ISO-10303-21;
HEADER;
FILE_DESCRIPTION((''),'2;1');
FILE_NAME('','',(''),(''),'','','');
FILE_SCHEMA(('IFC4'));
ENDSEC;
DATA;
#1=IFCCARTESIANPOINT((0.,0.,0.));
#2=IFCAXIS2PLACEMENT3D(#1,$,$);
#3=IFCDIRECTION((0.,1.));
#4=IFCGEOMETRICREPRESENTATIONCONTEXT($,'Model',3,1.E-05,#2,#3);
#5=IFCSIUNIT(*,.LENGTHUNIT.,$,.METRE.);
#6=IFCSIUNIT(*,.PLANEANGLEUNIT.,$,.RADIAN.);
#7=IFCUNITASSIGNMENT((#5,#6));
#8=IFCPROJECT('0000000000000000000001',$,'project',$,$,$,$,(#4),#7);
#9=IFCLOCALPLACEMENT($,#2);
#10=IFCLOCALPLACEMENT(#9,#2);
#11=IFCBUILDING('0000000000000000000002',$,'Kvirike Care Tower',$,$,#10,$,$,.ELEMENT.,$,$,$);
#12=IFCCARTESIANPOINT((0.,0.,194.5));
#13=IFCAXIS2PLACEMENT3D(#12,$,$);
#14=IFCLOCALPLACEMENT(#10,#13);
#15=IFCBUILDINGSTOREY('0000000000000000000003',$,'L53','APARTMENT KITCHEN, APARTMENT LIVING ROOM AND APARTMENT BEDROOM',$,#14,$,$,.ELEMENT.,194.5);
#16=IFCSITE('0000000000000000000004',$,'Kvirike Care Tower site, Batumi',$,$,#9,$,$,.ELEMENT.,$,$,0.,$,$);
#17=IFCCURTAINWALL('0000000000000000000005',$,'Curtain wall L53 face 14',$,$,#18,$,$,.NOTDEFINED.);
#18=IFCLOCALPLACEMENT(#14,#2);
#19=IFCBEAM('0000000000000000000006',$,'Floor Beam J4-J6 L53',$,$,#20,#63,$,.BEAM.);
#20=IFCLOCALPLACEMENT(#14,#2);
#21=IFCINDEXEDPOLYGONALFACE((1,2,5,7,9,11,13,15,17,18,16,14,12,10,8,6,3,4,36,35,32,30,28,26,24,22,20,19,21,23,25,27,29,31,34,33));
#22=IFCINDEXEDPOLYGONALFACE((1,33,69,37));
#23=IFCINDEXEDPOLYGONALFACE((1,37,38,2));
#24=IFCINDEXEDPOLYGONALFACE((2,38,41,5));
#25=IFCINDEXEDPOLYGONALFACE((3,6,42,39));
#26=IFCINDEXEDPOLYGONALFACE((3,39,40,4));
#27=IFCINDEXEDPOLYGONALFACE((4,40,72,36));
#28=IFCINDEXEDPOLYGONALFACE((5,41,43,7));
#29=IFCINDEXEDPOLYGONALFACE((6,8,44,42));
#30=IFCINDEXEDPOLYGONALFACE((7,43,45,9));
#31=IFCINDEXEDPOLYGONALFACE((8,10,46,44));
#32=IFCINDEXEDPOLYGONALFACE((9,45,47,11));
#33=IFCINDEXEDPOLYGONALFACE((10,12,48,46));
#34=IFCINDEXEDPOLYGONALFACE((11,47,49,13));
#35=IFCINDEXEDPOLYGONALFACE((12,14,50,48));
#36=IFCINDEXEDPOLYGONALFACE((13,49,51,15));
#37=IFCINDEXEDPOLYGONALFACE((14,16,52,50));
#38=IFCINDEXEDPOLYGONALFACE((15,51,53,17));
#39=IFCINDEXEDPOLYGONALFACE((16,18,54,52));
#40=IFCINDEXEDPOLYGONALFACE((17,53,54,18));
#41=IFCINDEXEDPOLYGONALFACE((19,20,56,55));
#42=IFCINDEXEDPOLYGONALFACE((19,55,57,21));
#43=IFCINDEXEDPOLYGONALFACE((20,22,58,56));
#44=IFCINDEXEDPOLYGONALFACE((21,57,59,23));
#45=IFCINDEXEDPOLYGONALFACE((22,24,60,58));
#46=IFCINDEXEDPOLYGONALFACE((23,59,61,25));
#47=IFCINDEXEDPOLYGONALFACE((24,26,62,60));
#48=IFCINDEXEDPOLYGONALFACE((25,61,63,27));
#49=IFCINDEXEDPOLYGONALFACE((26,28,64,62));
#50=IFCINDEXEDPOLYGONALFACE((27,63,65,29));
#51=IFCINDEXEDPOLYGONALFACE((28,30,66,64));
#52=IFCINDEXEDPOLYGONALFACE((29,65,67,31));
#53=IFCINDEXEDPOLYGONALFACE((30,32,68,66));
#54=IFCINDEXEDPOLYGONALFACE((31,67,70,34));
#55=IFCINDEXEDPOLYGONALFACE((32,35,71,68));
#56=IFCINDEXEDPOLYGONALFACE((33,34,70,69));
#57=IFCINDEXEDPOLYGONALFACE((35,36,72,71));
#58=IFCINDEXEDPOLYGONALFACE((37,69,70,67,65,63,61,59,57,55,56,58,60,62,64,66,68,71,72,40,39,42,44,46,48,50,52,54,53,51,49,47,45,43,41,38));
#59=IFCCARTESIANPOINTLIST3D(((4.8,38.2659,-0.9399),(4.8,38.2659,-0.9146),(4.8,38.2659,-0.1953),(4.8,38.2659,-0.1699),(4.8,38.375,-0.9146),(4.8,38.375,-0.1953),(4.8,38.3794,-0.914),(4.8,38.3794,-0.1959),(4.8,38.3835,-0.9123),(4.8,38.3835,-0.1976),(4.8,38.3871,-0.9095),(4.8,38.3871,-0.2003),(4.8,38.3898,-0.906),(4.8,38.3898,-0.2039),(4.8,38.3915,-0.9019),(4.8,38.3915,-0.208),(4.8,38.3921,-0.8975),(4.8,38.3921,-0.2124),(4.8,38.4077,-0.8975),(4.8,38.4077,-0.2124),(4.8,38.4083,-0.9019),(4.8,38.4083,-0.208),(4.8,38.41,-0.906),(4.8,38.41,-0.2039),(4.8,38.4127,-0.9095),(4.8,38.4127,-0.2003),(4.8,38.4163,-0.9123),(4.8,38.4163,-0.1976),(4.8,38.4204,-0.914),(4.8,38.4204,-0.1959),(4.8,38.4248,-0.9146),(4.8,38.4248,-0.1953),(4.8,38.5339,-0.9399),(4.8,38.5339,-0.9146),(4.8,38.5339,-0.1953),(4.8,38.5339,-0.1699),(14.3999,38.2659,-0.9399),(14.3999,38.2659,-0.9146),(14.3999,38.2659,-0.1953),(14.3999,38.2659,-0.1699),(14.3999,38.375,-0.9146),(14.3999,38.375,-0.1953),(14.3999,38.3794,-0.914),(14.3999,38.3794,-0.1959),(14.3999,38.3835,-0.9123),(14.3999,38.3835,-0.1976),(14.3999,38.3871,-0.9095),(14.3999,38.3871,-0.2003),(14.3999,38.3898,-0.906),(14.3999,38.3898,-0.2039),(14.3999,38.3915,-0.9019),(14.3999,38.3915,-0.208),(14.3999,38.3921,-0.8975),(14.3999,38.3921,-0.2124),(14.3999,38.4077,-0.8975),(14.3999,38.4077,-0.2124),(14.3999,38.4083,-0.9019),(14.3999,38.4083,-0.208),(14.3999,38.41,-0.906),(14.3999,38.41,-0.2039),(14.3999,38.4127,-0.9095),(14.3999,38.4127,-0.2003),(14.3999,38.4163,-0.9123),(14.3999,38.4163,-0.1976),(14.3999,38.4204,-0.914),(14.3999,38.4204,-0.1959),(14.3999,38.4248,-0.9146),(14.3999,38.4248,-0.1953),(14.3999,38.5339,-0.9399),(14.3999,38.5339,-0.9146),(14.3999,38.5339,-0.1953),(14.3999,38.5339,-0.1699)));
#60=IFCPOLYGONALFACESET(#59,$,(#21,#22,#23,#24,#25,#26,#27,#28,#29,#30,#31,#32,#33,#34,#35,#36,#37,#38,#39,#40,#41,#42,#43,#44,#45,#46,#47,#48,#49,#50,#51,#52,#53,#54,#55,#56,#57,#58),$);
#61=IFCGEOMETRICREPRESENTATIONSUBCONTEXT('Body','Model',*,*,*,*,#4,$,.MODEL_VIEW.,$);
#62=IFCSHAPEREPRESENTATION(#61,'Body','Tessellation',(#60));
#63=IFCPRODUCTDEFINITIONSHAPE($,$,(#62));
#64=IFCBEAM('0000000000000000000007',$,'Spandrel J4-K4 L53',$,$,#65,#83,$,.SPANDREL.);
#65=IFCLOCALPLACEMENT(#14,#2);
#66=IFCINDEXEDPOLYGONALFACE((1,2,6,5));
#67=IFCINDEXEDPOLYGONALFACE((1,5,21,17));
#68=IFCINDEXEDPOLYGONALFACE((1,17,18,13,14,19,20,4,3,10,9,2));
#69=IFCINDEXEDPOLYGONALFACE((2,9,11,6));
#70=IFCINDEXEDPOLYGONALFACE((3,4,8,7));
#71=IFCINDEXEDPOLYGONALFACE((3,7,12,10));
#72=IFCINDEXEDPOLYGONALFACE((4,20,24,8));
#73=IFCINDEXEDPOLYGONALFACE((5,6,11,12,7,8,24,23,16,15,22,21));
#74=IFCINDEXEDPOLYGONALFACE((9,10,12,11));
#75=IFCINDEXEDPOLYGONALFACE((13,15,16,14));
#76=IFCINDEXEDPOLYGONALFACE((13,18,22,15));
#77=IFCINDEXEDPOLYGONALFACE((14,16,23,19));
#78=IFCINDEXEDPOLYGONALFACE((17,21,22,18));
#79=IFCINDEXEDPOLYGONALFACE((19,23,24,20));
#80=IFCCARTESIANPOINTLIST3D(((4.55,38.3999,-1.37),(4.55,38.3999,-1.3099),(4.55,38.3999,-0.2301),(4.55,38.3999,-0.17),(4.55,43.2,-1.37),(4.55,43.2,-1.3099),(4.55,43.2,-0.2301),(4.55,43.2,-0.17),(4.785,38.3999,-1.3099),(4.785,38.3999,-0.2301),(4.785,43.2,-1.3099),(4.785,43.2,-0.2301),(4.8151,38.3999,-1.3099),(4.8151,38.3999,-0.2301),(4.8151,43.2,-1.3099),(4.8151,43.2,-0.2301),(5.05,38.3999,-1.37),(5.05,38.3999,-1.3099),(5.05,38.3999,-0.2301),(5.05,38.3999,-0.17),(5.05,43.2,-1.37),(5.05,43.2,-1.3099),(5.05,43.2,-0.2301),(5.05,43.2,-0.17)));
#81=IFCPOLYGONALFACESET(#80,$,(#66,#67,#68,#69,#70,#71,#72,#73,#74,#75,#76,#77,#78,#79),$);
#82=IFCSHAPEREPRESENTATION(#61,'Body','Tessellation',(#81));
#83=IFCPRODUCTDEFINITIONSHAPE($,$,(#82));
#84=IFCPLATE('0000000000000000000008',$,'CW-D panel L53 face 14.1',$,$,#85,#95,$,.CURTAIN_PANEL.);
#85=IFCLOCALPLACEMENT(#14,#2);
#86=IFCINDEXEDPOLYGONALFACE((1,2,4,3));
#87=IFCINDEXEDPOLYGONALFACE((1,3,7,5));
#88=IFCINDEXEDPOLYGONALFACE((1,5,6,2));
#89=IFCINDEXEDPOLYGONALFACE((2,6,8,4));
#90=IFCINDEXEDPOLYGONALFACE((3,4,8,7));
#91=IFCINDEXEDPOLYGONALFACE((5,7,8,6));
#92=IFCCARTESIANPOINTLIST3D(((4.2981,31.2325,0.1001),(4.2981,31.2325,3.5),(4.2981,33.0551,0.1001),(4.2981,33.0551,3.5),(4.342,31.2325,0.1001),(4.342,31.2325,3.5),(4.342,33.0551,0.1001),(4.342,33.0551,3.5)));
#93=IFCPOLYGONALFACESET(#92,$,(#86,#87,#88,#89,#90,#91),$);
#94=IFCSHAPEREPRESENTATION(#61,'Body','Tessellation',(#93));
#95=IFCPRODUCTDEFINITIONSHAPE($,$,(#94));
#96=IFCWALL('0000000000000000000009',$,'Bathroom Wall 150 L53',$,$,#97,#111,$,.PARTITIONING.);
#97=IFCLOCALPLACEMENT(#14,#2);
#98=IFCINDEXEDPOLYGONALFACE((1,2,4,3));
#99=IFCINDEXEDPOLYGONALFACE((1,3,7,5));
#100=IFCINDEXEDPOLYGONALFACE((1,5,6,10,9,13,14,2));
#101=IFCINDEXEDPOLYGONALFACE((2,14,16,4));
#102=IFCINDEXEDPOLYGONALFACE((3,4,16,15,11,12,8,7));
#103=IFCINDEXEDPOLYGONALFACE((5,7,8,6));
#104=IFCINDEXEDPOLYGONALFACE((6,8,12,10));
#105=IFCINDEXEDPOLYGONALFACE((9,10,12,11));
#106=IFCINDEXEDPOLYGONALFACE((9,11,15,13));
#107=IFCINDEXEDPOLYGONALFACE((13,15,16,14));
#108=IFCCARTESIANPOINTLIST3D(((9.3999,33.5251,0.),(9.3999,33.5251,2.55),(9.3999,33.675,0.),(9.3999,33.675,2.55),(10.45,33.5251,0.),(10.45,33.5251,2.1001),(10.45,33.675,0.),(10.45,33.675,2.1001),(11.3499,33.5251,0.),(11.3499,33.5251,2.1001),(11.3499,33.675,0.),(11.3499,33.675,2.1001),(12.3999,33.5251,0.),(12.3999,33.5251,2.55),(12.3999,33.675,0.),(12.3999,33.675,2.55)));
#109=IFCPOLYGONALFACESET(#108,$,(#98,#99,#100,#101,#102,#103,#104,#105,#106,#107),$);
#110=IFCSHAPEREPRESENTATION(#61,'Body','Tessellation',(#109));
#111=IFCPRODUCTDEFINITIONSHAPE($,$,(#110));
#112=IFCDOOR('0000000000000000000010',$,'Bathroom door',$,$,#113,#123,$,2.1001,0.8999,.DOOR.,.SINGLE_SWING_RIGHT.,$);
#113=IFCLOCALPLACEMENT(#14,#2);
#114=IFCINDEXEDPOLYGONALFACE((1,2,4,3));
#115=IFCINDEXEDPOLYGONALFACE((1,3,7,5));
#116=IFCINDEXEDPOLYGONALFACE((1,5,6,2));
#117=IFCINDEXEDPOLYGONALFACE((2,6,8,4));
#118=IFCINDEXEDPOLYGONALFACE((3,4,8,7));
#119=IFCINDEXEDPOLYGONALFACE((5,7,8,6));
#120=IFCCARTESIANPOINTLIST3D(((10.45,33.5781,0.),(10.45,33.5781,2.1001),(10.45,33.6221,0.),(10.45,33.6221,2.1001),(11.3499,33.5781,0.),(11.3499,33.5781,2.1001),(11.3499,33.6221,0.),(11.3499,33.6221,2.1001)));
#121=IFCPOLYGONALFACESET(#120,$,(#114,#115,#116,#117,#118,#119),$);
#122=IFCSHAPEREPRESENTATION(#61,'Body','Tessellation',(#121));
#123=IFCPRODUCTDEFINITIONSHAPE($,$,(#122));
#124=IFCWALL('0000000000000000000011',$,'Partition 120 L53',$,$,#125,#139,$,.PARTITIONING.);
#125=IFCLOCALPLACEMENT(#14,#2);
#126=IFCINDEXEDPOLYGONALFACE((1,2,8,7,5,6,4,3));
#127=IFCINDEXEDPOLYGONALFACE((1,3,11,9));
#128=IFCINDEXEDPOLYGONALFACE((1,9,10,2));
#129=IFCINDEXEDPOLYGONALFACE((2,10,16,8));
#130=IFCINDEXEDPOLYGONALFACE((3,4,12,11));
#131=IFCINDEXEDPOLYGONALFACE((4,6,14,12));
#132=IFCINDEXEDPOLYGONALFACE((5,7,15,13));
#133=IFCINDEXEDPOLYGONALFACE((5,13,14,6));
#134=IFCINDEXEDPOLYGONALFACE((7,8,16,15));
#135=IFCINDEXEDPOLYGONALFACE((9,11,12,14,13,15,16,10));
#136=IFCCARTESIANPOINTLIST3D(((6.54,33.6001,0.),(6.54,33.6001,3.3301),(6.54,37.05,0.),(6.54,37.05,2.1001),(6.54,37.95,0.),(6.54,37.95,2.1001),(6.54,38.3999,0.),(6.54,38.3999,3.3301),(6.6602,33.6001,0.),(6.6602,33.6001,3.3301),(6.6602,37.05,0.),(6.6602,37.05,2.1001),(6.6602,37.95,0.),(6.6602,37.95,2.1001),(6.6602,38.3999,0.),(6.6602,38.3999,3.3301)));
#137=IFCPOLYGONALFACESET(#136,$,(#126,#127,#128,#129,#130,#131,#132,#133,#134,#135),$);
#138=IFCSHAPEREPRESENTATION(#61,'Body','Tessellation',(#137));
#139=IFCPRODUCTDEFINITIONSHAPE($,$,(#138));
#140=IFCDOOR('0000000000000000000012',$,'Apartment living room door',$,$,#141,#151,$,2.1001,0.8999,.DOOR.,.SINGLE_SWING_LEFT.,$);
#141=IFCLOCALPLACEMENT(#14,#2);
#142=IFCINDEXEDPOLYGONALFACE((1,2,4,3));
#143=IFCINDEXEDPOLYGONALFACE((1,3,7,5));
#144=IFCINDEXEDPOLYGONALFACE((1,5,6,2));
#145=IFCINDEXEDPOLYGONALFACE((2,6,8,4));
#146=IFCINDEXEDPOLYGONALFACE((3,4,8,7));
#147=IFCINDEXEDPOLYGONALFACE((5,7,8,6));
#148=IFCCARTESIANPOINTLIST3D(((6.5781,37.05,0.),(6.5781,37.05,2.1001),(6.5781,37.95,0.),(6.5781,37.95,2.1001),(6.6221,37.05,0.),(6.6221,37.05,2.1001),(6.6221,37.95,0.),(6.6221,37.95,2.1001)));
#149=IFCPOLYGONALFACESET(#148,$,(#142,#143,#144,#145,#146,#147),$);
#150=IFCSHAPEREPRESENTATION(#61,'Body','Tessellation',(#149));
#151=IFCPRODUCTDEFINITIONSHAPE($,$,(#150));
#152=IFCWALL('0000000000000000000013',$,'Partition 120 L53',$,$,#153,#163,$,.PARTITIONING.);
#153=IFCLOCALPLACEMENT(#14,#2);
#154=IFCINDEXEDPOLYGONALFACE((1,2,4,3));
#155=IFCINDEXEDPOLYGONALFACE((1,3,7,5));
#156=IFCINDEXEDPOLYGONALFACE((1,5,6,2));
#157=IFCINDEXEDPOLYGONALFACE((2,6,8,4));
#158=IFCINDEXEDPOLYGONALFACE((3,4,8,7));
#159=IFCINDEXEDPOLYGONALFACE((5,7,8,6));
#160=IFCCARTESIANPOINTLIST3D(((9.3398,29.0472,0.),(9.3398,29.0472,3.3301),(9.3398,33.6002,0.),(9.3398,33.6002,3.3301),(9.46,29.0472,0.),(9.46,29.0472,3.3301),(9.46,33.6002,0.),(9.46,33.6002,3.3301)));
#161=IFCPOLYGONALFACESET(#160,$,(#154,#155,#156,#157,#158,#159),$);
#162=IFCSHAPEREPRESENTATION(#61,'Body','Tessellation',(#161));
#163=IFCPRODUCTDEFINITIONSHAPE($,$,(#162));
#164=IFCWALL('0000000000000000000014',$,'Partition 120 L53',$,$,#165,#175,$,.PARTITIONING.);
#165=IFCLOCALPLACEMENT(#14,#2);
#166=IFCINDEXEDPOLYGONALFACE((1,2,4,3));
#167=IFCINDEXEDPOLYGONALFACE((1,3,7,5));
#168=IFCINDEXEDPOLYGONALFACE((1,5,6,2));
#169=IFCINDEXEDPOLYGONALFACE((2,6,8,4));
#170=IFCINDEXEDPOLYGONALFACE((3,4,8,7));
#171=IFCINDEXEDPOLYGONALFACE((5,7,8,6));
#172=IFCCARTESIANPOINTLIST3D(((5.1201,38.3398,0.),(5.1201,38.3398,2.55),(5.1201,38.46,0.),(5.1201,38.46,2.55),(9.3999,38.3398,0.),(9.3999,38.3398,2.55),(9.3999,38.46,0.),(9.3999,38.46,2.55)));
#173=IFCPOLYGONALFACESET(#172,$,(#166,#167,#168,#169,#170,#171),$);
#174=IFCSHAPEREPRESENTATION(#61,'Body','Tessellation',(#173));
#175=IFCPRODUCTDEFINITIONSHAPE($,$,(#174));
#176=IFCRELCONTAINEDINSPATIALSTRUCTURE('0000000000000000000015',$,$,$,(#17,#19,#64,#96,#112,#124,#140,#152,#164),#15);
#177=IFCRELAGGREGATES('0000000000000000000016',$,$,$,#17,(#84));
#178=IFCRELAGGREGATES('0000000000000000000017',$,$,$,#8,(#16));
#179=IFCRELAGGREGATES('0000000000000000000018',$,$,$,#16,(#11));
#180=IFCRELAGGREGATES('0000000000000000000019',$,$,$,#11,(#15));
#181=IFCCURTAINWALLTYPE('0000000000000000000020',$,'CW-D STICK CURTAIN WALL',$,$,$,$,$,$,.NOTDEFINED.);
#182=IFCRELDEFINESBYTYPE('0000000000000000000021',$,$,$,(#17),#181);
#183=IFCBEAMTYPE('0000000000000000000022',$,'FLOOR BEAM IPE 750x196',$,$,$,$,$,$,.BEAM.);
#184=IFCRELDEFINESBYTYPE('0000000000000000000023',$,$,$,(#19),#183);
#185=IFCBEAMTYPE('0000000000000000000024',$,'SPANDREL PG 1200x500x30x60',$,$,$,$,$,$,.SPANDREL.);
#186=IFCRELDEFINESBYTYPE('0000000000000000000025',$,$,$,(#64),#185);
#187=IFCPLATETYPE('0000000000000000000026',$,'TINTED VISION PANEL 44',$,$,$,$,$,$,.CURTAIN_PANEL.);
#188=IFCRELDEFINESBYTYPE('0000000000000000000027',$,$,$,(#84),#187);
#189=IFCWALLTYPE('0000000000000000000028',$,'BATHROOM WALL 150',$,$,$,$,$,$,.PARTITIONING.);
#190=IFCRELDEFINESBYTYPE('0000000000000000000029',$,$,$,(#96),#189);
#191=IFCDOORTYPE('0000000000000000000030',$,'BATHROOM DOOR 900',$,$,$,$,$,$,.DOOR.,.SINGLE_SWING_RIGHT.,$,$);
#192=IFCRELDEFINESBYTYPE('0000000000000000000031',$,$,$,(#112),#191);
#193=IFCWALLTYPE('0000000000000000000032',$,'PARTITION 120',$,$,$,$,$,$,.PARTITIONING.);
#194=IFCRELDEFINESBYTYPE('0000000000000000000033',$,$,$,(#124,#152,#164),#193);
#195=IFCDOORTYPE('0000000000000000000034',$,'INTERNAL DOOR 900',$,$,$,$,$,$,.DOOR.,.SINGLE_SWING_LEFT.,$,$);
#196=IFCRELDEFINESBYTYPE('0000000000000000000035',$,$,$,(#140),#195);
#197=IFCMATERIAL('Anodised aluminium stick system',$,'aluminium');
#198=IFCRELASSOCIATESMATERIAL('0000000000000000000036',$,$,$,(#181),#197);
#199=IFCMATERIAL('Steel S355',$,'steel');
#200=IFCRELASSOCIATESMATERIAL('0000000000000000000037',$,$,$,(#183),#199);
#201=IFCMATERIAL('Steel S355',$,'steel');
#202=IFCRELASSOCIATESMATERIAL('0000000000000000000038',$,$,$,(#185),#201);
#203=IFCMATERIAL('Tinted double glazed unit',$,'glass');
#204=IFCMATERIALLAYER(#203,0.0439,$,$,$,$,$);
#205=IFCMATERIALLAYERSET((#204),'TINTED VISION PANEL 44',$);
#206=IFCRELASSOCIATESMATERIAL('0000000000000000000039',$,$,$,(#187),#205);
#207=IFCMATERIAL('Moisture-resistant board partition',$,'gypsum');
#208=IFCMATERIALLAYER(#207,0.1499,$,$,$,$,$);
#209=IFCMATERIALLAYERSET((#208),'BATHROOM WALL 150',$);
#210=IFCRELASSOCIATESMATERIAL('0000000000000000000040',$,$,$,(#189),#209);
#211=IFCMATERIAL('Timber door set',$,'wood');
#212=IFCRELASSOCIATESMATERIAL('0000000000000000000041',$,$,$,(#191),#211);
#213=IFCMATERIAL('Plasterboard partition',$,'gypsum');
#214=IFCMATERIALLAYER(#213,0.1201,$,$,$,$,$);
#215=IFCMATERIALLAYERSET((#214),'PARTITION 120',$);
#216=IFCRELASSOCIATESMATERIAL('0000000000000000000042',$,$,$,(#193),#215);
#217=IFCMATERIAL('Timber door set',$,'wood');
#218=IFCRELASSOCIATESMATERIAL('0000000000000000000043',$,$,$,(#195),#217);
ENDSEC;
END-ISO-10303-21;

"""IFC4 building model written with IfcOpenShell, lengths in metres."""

from ifc_helpers import new_model, si_unit, direction, frame, frame_2d, origin, origin_2d, place, context, subcontext, project, spatial, rectangle, i_section, extrude, material, layer, layer_set, material_profile, profile_set, type_object, element, fill, aggregate, save


model = new_model("IFC4")

# Units and contexts
model_context = context("Model", 3, precision=1e-05, world=origin(), true_north=direction((0.0, 1.0)))
body_context = subcontext(model_context, "Body", "Model", "MODEL_VIEW")
ifc_project = project(units=[si_unit("LENGTHUNIT", "METRE"), si_unit("PLANEANGLEUNIT", "RADIAN")], contexts=[model_context])

# Site, building, storey
site_placement = place(None, origin())
site = spatial("IfcSite", under=ifc_project, at=site_placement, Name="Kvirike Care Tower site, Batumi", CompositionType="ELEMENT", RefElevation=0.0)
building_placement = place(site_placement, origin())
building = spatial("IfcBuilding", under=site, at=building_placement, Name="Kvirike Care Tower", CompositionType="ELEMENT")
storey_placement = place(building_placement, frame((0.0, 0.0, 194.5)))
storey = spatial("IfcBuildingStorey", under=building, at=storey_placement, Name="L53", Description="APARTMENT KITCHEN, APARTMENT LIVING ROOM AND APARTMENT BEDROOM", CompositionType="ELEMENT", Elevation=194.5)

# Curtain wall
ifc_material_1 = material(Name="Anodised aluminium stick system", Category="aluminium")
curtain_wall_type = type_object("IfcCurtainWallType", Name="CW-D STICK CURTAIN WALL", PredefinedType="NOTDEFINED", material=ifc_material_1)
curtain_wall_1_placement = place(storey_placement, origin())
curtain_wall_1 = element("IfcCurtainWall", 1, at=curtain_wall_1_placement, inside=storey, type_object=curtain_wall_type, Name="Curtain wall L53 face 14", PredefinedType="NOTDEFINED")

# Beams
ifc_material_2 = material(Name="Steel S355", Category="steel")
ifc_material_profile_1 = material_profile(ifc_material_2, i_section(OverallWidth=0.2681, OverallDepth=0.77, WebThickness=0.0156, FlangeThickness=0.0254, FilletRadius=0.0171, at=origin_2d()), Name="IPE 750x196")
ifc_profile_set_1 = profile_set([ifc_material_profile_1], Name="Steel S355")
beam_type_1 = type_object("IfcBeamType", Name="FLOOR BEAM IPE 750x196", PredefinedType="BEAM", material=ifc_profile_set_1)
for number, where, z_axis, x_axis, name in (
    (2, (4.8, 38.3999, -0.5549), (1.0, 0.0, 0.0), (0.0, 1.0, 0.0), "Floor Beam J4-J6 L53"),
):
    element("IfcBeam", number, at=place(storey_placement, frame(where, z_axis=z_axis, x_axis=x_axis)), inside=storey, type_object=beam_type_1, Name=name, PredefinedType="BEAM", context=body_context, shape_type="SweptSolid", body=[
        extrude(i_section(OverallWidth=0.2681, OverallDepth=0.77, WebThickness=0.0156, FlangeThickness=0.0254, FilletRadius=0.0171, at=origin_2d()), origin(), (0.0, 0.0, 1.0), 9.5999),
    ])
ifc_material_3 = material(Name="Steel S355", Category="steel")
ifc_material_profile_2 = material_profile(ifc_material_3, i_section(OverallWidth=0.5, OverallDepth=1.2, WebThickness=0.03, FlangeThickness=0.0601, at=origin_2d()), Name="PG 1200x500x30x60")
ifc_profile_set_2 = profile_set([ifc_material_profile_2], Name="Steel S355")
beam_type_2 = type_object("IfcBeamType", Name="SPANDREL PG 1200x500x30x60", PredefinedType="SPANDREL", material=ifc_profile_set_2)
beam_placement = place(storey_placement, frame((4.8, 38.3999, -0.77), z_axis=(0.0, 1.0, 0.0), x_axis=(-1.0, 0.0, 0.0)))
element("IfcBeam", 3, at=beam_placement, inside=storey, type_object=beam_type_2, Name="Spandrel J4-K4 L53", PredefinedType="SPANDREL", context=body_context, shape_type="SweptSolid", body=[
    extrude(i_section(OverallWidth=0.5, OverallDepth=1.2, WebThickness=0.03, FlangeThickness=0.0601, at=origin_2d()), origin(), (0.0, 0.0, 1.0), 4.8),
])

# Plate
ifc_material_4 = material(Name="Tinted double glazed unit", Category="glass")
ifc_layer_1 = layer(ifc_material_4, 0.0439)
ifc_layer_set_1 = layer_set([ifc_layer_1], Name="TINTED VISION PANEL 44")
plate_type = type_object("IfcPlateType", Name="TINTED VISION PANEL 44", PredefinedType="CURTAIN_PANEL", material=ifc_layer_set_1)
plate_placement = place(storey_placement, frame((4.3201, 32.1438, 0.1001), z_axis=(0.0, 0.0, 1.0), x_axis=(0.0, -1.0, 0.0)))
plate = element("IfcPlate", 4, at=plate_placement, type_object=plate_type, Name="CW-D panel L53 face 14.1", PredefinedType="CURTAIN_PANEL", context=body_context, shape_type="SweptSolid", body=[
    extrude(rectangle(XDim=1.8225, YDim=0.0439, at=origin_2d()), origin(), (0.0, 0.0, 1.0), 3.3999),
])
aggregate(curtain_wall_1, [plate])

# Walls, openings, doors
ifc_material_5 = material(Name="Moisture-resistant board partition", Category="gypsum")
ifc_layer_2 = layer(ifc_material_5, 0.1499)
ifc_layer_set_2 = layer_set([ifc_layer_2], Name="BATHROOM WALL 150")
wall_type_1 = type_object("IfcWallType", Name="BATHROOM WALL 150", PredefinedType="PARTITIONING", material=ifc_layer_set_2)
wall_1_placement = place(storey_placement, frame((9.3999, 33.6001, 0.0), z_axis=(0.0, 0.0, 1.0), x_axis=(1.0, 0.0, 0.0)))
wall_1 = element("IfcWall", 5, at=wall_1_placement, inside=storey, type_object=wall_type_1, Name="Bathroom Wall 150 L53", PredefinedType="PARTITIONING", context=body_context, shape_type="SweptSolid", body=[
    extrude(rectangle(XDim=3.0, YDim=0.1499, at=frame_2d((1.5, 0.0))), origin(), (0.0, 0.0, 1.0), 2.55),
])
opening_1_placement = place(wall_1_placement, frame((1.05, 0.0, 0.0)))
opening_1 = element("IfcOpeningElement", 6, at=opening_1_placement, cuts=wall_1, PredefinedType="OPENING", context=body_context, shape_type="SweptSolid", body=[
    extrude(rectangle(XDim=0.8999, YDim=2.1001, at=frame_2d((0.45, 1.05))), frame((0.0, 0.0854, 0.0), z_axis=(0.0, -1.0, 0.0), x_axis=(1.0, 0.0, 0.0)), (0.0, 0.0, 1.0), 0.1709),
])
ifc_material_6 = material(Name="Timber door set", Category="wood")
door_type_1 = type_object("IfcDoorType", Name="BATHROOM DOOR 900", OperationType="SINGLE_SWING_RIGHT", PredefinedType="DOOR", material=ifc_material_6)
door_1_placement = place(opening_1_placement, frame((0.8999, 0.0, 0.0), z_axis=(0.0, 0.0, 1.0), x_axis=(-1.0, 0.0, 0.0)))
door_1 = element("IfcDoor", 7, at=door_1_placement, inside=storey, type_object=door_type_1, Name="Bathroom door", OperationType="SINGLE_SWING_RIGHT", OverallHeight=2.1001, OverallWidth=0.8999, PredefinedType="DOOR", context=body_context, shape_type="SweptSolid", body=[
    extrude(rectangle(XDim=0.8999, YDim=2.1001, at=frame_2d((0.45, 1.05))), frame((0.0, 0.022, 0.0), z_axis=(0.0, -1.0, 0.0), x_axis=(1.0, 0.0, 0.0)), (0.0, 0.0, 1.0), 0.0439),
])
fill(opening_1, door_1)
ifc_material_7 = material(Name="Plasterboard partition", Category="gypsum")
ifc_layer_3 = layer(ifc_material_7, 0.1201)
ifc_layer_set_3 = layer_set([ifc_layer_3], Name="PARTITION 120")
wall_type_2 = type_object("IfcWallType", Name="PARTITION 120", PredefinedType="PARTITIONING", material=ifc_layer_set_3)
wall_2_placement = place(storey_placement, frame((6.6001, 38.3999, 0.0), z_axis=(0.0, 0.0, 1.0), x_axis=(0.0, -1.0, 0.0)))
wall_2 = element("IfcWall", 8, at=wall_2_placement, inside=storey, type_object=wall_type_2, Name="Partition 120 L53", PredefinedType="PARTITIONING", context=body_context, shape_type="SweptSolid", body=[
    extrude(rectangle(XDim=4.7998, YDim=0.1201, at=frame_2d((2.3999, 0.0))), origin(), (0.0, 0.0, 1.0), 3.3301),
])
opening_2_placement = place(wall_2_placement, frame((0.45, 0.0, 0.0)))
opening_2 = element("IfcOpeningElement", 9, at=opening_2_placement, cuts=wall_2, PredefinedType="OPENING", context=body_context, shape_type="SweptSolid", body=[
    extrude(rectangle(XDim=0.8999, YDim=2.1001, at=frame_2d((0.45, 1.05))), frame((0.0, 0.0706, 0.0), z_axis=(0.0, -1.0, 0.0), x_axis=(1.0, 0.0, 0.0)), (0.0, 0.0, 1.0), 0.1411),
])
ifc_material_8 = material(Name="Timber door set", Category="wood")
door_type_2 = type_object("IfcDoorType", Name="INTERNAL DOOR 900", OperationType="SINGLE_SWING_LEFT", PredefinedType="DOOR", material=ifc_material_8)
door_2_placement = place(opening_2_placement, frame((0.8999, 0.0, 0.0), z_axis=(0.0, 0.0, 1.0), x_axis=(-1.0, 0.0, 0.0)))
door_2 = element("IfcDoor", 10, at=door_2_placement, inside=storey, type_object=door_type_2, Name="Apartment living room door", OperationType="SINGLE_SWING_LEFT", OverallHeight=2.1001, OverallWidth=0.8999, PredefinedType="DOOR", context=body_context, shape_type="SweptSolid", body=[
    extrude(rectangle(XDim=0.8999, YDim=2.1001, at=frame_2d((0.45, 1.05))), frame((0.0, 0.022, 0.0), z_axis=(0.0, -1.0, 0.0), x_axis=(1.0, 0.0, 0.0)), (0.0, 0.0, 1.0), 0.0439),
])
fill(opening_2, door_2)

# Walls
wall_3_placement = place(storey_placement, frame((9.3999, 33.6001, 0.0), z_axis=(0.0, 0.0, 1.0), x_axis=(0.0, -1.0, 0.0)))
element("IfcWall", 11, at=wall_3_placement, inside=storey, type_object=wall_type_2, Name="Partition 120 L53", PredefinedType="PARTITIONING", context=body_context, shape_type="SweptSolid", body=[
    extrude(rectangle(XDim=4.553, YDim=0.1201, at=frame_2d((2.2764, 0.0))), origin(), (0.0, 0.0, 1.0), 3.3301),
])
wall_4_placement = place(storey_placement, frame((5.1201, 38.3999, 0.0), z_axis=(0.0, 0.0, 1.0), x_axis=(1.0, 0.0, 0.0)))
element("IfcWall", 12, at=wall_4_placement, inside=storey, type_object=wall_type_2, Name="Partition 120 L53", PredefinedType="PARTITIONING", context=body_context, shape_type="SweptSolid", body=[
    extrude(rectangle(XDim=4.2798, YDim=0.1201, at=frame_2d((2.1399, 0.0))), origin(), (0.0, 0.0, 1.0), 2.55),
])

save(model, "model.ifc")
